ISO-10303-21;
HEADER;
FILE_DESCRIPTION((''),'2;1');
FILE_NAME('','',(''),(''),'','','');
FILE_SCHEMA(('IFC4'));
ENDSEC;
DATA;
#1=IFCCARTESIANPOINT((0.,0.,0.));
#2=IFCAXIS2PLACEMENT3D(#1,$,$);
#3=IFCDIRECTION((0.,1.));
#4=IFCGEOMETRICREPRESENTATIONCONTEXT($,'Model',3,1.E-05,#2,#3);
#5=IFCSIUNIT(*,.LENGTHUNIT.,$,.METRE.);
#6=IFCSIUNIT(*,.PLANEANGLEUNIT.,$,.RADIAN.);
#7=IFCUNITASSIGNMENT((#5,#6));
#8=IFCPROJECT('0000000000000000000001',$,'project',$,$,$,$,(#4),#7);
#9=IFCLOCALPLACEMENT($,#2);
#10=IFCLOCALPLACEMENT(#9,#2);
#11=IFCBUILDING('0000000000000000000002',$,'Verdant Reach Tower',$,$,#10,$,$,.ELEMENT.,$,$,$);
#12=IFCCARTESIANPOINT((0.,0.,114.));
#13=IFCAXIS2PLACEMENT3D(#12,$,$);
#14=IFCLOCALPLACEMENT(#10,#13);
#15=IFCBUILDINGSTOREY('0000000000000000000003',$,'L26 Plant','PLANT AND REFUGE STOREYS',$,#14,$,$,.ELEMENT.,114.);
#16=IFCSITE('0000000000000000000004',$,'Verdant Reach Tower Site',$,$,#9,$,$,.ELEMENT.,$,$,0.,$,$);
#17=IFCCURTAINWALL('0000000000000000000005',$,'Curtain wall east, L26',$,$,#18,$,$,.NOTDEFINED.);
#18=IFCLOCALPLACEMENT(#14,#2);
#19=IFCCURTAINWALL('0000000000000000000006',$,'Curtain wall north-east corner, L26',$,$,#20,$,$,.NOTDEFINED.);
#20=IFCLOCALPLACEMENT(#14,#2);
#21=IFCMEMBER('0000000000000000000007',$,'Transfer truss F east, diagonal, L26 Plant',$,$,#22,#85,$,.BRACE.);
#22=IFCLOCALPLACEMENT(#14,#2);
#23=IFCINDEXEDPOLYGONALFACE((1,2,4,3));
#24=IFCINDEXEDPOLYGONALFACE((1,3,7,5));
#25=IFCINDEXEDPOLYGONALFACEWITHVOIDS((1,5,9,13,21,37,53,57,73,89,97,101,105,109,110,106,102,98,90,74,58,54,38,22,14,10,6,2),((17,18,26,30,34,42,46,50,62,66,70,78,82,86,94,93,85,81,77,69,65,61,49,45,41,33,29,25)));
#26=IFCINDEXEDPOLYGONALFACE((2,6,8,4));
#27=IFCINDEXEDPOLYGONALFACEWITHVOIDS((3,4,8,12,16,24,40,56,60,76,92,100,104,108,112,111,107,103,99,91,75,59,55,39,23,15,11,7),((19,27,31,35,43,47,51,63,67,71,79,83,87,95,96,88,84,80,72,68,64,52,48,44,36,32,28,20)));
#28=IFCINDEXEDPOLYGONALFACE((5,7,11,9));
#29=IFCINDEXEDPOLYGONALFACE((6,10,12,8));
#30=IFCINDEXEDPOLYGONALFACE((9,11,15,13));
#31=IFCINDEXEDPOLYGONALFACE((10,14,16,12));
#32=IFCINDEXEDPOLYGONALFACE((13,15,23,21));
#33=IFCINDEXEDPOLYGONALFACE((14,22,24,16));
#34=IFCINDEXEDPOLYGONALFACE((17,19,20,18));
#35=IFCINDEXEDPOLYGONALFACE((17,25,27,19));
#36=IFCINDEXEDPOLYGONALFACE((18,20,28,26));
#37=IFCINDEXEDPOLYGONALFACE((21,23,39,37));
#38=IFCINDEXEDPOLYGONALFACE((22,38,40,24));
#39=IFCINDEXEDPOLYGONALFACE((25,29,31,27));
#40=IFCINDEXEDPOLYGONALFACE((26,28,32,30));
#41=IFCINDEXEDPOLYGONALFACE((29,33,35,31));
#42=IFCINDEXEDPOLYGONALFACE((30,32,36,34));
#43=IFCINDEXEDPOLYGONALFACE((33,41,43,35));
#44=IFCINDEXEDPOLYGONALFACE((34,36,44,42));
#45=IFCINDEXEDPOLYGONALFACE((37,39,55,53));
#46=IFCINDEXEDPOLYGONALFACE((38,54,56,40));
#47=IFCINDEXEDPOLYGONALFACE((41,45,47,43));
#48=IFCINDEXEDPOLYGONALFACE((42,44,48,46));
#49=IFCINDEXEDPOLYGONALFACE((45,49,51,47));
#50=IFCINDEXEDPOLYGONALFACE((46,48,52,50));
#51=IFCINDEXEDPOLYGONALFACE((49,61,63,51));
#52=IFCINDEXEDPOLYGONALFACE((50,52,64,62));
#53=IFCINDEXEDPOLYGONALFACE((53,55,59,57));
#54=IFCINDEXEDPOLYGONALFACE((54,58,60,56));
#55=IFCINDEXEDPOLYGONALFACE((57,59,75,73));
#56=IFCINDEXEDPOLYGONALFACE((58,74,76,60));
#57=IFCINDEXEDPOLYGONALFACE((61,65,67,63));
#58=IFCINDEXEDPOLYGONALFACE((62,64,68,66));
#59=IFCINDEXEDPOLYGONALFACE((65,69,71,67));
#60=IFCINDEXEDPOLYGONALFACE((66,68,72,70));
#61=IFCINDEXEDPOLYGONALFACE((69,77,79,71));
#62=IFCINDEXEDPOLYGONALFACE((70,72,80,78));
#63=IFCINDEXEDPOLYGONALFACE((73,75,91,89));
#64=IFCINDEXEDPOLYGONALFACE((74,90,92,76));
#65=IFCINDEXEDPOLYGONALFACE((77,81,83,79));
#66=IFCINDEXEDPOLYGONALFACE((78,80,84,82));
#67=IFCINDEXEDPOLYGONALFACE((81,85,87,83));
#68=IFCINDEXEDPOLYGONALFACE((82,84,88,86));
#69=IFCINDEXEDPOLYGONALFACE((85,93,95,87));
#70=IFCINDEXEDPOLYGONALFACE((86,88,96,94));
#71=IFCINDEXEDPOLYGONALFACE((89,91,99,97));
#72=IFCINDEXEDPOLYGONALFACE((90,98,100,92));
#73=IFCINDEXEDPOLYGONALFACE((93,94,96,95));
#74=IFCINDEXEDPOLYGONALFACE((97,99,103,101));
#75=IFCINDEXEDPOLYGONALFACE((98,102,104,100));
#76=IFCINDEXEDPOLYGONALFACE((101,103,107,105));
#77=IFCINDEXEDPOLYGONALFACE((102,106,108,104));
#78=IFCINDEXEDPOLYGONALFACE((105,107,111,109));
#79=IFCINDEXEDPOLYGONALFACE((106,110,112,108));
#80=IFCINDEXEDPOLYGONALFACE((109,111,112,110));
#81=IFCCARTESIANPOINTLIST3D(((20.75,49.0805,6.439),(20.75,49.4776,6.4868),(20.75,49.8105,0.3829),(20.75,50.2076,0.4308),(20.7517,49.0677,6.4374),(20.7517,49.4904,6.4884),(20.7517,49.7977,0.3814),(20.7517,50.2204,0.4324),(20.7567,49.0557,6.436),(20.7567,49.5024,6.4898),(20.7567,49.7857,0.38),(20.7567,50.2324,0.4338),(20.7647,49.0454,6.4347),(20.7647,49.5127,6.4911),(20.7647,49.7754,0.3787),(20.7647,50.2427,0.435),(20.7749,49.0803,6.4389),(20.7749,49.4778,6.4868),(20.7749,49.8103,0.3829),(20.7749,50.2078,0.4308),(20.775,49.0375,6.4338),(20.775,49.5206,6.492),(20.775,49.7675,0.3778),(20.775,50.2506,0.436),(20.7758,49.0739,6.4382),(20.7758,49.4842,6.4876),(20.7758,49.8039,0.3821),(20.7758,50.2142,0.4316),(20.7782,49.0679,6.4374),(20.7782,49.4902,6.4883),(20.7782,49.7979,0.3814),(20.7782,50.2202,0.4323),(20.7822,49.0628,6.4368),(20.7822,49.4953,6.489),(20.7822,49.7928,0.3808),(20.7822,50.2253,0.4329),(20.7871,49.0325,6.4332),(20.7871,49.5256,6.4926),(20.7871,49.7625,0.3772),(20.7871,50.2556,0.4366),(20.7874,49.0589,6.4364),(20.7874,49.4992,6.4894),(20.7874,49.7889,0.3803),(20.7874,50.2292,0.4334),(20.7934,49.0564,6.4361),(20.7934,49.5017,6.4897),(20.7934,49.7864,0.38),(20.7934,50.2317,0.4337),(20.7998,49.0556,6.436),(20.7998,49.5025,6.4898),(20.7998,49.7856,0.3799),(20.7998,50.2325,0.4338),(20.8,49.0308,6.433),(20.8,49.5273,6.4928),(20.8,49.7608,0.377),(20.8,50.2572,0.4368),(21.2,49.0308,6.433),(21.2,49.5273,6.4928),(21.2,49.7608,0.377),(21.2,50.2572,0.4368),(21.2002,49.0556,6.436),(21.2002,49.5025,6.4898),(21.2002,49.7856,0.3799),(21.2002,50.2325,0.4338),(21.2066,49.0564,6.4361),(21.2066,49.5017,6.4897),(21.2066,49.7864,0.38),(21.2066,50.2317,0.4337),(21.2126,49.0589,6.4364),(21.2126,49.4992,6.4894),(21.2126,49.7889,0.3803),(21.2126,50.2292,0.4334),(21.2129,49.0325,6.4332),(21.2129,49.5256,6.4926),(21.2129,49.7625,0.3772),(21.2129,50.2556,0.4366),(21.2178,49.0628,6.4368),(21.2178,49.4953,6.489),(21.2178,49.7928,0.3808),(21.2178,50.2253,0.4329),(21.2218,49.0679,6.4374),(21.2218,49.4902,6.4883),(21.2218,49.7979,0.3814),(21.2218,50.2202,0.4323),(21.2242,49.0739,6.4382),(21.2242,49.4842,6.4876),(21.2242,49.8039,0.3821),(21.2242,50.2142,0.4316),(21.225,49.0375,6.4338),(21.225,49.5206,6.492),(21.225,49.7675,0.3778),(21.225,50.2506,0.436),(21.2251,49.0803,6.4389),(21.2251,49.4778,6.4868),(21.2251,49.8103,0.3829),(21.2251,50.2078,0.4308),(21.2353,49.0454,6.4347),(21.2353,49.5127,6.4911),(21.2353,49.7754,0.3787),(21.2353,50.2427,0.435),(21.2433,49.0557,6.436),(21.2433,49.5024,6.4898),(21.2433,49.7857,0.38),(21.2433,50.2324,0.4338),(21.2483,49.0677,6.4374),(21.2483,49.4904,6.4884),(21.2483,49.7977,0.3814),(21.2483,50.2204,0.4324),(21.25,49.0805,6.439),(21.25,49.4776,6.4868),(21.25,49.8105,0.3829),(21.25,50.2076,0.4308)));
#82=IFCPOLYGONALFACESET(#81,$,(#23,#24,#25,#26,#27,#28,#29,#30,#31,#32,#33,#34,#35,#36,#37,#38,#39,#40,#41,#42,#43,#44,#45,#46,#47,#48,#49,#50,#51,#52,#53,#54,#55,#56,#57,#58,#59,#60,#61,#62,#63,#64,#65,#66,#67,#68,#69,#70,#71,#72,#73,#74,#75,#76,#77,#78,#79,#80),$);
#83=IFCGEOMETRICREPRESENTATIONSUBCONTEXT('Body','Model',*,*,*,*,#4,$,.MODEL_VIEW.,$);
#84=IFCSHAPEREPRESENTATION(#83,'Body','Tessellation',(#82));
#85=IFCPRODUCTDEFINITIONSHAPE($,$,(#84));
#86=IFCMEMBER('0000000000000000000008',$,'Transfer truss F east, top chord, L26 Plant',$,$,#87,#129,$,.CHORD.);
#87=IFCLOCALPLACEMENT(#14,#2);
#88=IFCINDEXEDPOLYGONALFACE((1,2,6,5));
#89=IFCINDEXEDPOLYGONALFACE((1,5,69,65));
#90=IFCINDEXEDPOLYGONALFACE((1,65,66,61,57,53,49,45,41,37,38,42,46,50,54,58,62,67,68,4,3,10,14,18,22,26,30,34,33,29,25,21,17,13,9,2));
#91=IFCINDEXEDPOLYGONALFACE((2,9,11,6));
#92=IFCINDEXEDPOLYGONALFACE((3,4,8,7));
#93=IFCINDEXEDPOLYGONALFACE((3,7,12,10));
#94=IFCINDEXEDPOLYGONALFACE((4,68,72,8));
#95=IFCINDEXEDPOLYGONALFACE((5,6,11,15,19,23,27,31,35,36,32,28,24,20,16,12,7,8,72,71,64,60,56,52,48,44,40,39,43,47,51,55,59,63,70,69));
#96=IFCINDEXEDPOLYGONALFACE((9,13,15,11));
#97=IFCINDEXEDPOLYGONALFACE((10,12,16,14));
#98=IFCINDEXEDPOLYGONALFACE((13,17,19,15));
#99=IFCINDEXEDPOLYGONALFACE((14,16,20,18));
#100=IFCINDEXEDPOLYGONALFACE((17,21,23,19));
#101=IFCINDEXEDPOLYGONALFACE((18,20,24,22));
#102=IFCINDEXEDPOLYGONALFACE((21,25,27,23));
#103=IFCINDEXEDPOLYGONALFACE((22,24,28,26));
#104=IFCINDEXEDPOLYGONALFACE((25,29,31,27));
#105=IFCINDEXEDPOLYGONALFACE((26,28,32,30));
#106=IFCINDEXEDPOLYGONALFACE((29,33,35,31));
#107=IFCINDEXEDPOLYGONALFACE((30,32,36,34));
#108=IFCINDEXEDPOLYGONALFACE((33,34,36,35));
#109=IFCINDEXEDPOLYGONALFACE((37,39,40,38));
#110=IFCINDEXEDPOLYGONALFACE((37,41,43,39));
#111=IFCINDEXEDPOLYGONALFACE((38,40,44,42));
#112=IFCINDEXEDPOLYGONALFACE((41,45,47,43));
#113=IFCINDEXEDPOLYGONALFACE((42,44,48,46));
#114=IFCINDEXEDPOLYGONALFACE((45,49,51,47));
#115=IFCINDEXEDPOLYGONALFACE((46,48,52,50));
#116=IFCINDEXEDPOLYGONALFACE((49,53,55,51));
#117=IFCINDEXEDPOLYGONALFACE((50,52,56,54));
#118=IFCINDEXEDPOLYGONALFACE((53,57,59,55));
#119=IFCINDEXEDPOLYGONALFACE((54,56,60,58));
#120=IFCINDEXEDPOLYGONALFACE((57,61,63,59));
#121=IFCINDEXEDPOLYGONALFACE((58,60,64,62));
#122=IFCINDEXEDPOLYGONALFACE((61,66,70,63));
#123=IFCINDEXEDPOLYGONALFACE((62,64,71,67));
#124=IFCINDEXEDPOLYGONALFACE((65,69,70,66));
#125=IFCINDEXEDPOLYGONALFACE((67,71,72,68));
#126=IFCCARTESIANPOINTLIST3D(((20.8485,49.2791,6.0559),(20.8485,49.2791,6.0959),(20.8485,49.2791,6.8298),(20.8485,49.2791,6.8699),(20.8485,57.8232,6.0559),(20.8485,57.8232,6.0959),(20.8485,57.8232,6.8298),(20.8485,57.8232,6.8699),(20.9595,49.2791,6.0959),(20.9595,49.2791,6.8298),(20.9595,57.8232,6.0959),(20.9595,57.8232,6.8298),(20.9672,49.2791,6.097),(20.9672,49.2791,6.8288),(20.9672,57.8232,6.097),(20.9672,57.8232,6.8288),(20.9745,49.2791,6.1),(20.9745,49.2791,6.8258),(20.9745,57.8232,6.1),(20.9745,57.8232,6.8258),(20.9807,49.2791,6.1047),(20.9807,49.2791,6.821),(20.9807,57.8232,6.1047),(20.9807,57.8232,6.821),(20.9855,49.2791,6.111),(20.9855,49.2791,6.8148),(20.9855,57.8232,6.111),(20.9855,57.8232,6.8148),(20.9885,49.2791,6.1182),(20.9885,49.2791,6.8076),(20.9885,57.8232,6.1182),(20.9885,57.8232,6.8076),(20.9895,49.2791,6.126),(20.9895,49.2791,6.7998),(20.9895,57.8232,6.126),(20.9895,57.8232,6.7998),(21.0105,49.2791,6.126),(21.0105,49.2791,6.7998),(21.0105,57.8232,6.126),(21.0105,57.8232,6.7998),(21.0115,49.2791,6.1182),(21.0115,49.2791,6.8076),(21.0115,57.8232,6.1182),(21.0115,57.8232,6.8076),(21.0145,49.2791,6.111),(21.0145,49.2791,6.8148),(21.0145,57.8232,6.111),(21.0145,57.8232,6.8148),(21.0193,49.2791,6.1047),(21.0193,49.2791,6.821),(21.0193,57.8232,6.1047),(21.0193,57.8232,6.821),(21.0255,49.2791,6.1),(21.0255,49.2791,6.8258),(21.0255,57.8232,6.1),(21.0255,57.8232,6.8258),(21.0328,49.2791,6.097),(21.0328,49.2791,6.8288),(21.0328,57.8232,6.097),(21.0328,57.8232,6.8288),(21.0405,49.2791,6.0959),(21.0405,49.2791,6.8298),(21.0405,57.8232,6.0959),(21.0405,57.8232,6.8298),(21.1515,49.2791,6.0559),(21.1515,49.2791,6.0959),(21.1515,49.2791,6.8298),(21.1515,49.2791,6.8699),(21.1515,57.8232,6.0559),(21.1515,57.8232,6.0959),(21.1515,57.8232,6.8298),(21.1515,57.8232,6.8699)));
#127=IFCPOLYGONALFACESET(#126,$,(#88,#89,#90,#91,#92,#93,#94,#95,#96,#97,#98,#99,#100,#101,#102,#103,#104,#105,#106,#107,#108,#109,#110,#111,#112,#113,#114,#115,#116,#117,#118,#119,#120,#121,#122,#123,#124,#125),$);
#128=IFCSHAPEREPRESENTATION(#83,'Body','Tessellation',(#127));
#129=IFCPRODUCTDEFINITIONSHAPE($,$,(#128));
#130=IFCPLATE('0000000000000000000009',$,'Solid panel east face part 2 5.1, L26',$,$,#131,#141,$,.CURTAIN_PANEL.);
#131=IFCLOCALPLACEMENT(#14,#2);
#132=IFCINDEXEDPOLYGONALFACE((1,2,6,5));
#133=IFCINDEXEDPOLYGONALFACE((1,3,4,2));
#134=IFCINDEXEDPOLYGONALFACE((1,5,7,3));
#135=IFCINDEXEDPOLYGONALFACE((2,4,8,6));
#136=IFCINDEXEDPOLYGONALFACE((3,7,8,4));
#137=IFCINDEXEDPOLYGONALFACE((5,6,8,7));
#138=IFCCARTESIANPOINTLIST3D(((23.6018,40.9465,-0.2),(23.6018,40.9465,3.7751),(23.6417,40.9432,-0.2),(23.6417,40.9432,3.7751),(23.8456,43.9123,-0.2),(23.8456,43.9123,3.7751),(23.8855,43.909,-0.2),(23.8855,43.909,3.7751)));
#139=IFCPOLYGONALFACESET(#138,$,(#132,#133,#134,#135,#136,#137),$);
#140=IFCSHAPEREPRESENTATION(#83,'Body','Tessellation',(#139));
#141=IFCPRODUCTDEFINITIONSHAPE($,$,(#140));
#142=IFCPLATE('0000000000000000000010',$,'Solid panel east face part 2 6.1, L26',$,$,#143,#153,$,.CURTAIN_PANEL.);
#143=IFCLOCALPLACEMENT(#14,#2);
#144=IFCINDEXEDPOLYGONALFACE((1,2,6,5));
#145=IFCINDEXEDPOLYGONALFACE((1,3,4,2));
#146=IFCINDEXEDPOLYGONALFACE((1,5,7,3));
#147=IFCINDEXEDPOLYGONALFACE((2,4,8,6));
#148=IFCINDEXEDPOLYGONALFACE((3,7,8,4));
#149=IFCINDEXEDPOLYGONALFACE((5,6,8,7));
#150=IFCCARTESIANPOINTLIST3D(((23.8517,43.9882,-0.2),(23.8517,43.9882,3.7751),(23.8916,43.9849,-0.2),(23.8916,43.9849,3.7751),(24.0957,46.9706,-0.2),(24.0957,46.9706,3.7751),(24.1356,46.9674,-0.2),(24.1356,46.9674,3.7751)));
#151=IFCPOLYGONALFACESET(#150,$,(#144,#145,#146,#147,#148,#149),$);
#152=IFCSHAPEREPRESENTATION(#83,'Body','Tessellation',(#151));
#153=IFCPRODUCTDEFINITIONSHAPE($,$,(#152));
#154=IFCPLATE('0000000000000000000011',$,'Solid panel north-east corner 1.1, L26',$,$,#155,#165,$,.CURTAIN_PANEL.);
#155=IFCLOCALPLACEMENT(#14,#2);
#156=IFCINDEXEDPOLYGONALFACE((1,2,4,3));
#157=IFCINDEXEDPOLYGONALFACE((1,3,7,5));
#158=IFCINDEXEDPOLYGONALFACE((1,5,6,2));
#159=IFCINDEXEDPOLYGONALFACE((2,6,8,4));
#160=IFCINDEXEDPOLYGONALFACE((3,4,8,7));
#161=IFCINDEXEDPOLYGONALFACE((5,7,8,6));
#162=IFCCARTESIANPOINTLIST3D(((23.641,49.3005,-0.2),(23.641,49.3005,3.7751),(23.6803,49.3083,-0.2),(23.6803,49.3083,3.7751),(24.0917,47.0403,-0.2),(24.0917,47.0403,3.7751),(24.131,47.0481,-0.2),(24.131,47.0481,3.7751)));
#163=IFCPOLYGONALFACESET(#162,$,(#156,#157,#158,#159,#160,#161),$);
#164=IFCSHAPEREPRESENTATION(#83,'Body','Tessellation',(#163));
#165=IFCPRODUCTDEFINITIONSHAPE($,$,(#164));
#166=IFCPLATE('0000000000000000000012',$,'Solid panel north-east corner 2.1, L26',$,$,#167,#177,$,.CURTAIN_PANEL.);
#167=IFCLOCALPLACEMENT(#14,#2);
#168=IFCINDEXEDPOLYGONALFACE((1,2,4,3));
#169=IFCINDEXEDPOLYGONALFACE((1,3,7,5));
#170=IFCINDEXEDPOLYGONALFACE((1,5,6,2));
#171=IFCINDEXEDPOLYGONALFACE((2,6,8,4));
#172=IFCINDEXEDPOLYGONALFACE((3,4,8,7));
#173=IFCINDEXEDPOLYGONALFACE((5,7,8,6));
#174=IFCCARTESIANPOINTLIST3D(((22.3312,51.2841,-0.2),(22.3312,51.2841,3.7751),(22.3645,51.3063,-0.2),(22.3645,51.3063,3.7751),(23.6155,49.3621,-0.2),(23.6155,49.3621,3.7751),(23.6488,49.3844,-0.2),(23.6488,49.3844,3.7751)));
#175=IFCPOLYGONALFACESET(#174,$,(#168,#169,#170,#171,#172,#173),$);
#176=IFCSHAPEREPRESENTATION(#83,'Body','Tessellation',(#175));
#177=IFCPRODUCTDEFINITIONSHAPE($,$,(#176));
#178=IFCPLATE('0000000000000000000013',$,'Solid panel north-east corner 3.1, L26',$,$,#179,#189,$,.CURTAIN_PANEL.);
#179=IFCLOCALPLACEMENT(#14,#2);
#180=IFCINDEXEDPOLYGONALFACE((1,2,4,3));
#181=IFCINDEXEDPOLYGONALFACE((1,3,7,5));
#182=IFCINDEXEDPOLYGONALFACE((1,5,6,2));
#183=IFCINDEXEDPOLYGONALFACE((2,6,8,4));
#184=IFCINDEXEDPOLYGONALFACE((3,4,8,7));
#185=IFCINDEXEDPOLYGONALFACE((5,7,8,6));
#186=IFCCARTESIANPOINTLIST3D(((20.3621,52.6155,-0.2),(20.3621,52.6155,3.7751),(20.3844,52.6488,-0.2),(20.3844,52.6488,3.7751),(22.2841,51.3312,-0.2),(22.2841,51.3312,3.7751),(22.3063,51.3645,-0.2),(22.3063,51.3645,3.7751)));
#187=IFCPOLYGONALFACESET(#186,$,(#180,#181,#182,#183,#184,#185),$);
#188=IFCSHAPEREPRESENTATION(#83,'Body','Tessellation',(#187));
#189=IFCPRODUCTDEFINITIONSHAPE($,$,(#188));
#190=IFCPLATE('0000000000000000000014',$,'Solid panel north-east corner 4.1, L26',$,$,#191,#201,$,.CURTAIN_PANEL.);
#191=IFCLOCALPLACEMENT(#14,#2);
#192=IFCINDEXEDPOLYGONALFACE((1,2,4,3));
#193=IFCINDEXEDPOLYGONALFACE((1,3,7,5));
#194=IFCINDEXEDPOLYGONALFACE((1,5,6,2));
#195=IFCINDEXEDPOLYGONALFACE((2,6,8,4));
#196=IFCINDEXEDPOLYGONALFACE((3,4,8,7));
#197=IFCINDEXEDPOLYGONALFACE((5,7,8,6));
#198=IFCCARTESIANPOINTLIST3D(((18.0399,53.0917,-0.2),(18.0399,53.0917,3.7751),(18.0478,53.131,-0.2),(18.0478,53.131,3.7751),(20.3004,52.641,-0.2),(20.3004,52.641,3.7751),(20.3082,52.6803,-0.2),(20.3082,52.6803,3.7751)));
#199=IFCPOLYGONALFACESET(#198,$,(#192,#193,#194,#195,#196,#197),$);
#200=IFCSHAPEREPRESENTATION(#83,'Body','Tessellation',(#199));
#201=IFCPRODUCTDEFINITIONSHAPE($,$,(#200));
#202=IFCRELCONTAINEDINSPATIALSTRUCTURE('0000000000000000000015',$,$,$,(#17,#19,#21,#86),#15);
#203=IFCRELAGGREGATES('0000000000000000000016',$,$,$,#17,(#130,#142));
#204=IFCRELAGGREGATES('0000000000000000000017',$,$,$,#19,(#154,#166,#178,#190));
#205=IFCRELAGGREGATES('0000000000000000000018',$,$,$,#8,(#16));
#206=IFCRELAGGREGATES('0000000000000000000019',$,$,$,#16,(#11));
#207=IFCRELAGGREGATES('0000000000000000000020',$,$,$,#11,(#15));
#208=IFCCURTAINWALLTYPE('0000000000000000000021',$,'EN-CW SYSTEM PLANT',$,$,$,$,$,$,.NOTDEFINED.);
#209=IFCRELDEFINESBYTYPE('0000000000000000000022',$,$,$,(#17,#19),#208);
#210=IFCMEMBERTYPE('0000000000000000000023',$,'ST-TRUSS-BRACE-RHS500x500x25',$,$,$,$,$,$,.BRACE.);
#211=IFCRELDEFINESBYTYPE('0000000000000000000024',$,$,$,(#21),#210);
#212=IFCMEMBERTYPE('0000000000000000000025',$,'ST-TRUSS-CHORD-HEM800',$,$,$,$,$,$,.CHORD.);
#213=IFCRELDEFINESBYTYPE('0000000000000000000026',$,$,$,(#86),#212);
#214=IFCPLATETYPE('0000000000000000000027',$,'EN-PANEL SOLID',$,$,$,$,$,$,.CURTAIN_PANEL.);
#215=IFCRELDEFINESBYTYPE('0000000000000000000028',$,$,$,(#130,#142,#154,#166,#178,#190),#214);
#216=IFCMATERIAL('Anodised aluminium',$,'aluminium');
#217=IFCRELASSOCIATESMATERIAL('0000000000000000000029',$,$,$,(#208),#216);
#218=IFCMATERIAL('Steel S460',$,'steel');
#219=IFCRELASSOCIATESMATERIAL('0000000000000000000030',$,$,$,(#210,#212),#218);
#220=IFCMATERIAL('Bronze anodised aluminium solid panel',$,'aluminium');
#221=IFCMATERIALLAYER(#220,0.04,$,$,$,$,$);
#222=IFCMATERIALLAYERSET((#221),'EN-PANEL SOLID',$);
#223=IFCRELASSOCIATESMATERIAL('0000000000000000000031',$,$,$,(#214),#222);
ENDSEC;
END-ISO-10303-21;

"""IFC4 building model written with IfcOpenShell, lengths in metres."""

from ifc_helpers import new_model, si_unit, direction, frame, origin, origin_2d, place, context, subcontext, project, spatial, rectangle, hollow_rectangle, i_section, extrude, material, layer, layer_set, material_profile, profile_set, type_object, element, aggregate, save


model = new_model("IFC4")

# Units and contexts
model_context = context("Model", 3, precision=1e-05, world=origin(), true_north=direction((0.0, 1.0)))
body_context = subcontext(model_context, "Body", "Model", "MODEL_VIEW")
ifc_project = project(units=[si_unit("LENGTHUNIT", "METRE"), si_unit("PLANEANGLEUNIT", "RADIAN")], contexts=[model_context])

# Site, building, storey
site_placement = place(None, origin())
site = spatial("IfcSite", under=ifc_project, at=site_placement, Name="Verdant Reach Tower Site", CompositionType="ELEMENT", RefElevation=0.0)
building_placement = place(site_placement, origin())
building = spatial("IfcBuilding", under=site, at=building_placement, Name="Verdant Reach Tower", CompositionType="ELEMENT")
storey_placement = place(building_placement, frame((0.0, 0.0, 114.0)))
storey = spatial("IfcBuildingStorey", under=building, at=storey_placement, Name="L26 Plant", Description="PLANT AND REFUGE STOREYS", CompositionType="ELEMENT", Elevation=114.0)

# Shared definitions
ifc_material_1 = material(Name="Steel S460", Category="steel")

# Curtain walls
ifc_material_2 = material(Name="Anodised aluminium", Category="aluminium")
curtain_wall_type = type_object("IfcCurtainWallType", Name="EN-CW SYSTEM PLANT", PredefinedType="NOTDEFINED", material=ifc_material_2)
curtain_wall_1_placement = place(storey_placement, origin())
curtain_wall_1 = element("IfcCurtainWall", 1, at=curtain_wall_1_placement, inside=storey, type_object=curtain_wall_type, Name="Curtain wall east, L26", PredefinedType="NOTDEFINED")
curtain_wall_2_placement = place(storey_placement, origin())
curtain_wall_2 = element("IfcCurtainWall", 2, at=curtain_wall_2_placement, inside=storey, type_object=curtain_wall_type, Name="Curtain wall north-east corner, L26", PredefinedType="NOTDEFINED")

# Members
ifc_material_profile_1 = material_profile(ifc_material_1, hollow_rectangle(XDim=0.5, YDim=0.5, WallThickness=0.0249, InnerFilletRadius=0.0249, OuterFilletRadius=0.05, at=origin_2d()), Name="RHS 500x500x25")
ifc_profile_set_1 = profile_set([ifc_material_profile_1], Name="Steel S460")
member_type_1 = type_object("IfcMemberType", Name="ST-TRUSS-BRACE-RHS500x500x25", PredefinedType="BRACE", material=ifc_profile_set_1)
member_1_placement = place(storey_placement, frame((21.0, 49.2791, 6.4629), z_axis=(0.0, 0.119674, -0.992813), x_axis=(-1.0, 0.0, 0.0)))
element("IfcMember", 3, at=member_1_placement, inside=storey, type_object=member_type_1, Name="Transfer truss F east, diagonal, L26 Plant", PredefinedType="BRACE", context=body_context, shape_type="SweptSolid", body=[
    extrude(hollow_rectangle(XDim=0.5, YDim=0.5, WallThickness=0.0249, InnerFilletRadius=0.0249, OuterFilletRadius=0.05, at=origin_2d()), origin(), (0.0, 0.0, 1.0), 6.0999),
])
ifc_material_profile_2 = material_profile(ifc_material_1, i_section(OverallWidth=0.303, OverallDepth=0.814, WebThickness=0.021, FlangeThickness=0.04, FilletRadius=0.03, at=origin_2d()), Name="HEM 800")
ifc_profile_set_2 = profile_set([ifc_material_profile_2], Name="Steel S460")
member_type_2 = type_object("IfcMemberType", Name="ST-TRUSS-CHORD-HEM800", PredefinedType="CHORD", material=ifc_profile_set_2)
member_2_placement = place(storey_placement, frame((21.0, 49.2791, 6.4629), z_axis=(0.0, 1.0, 0.0), x_axis=(-1.0, 0.0, 0.0)))
element("IfcMember", 4, at=member_2_placement, inside=storey, type_object=member_type_2, Name="Transfer truss F east, top chord, L26 Plant", PredefinedType="CHORD", context=body_context, shape_type="SweptSolid", body=[
    extrude(i_section(OverallWidth=0.303, OverallDepth=0.814, WebThickness=0.021, FlangeThickness=0.04, FilletRadius=0.03, at=origin_2d()), origin(), (0.0, 0.0, 1.0), 8.5442),
])

# Plates
ifc_material_3 = material(Name="Bronze anodised aluminium solid panel", Category="aluminium")
ifc_layer_1 = layer(ifc_material_3, 0.04)
ifc_layer_set_1 = layer_set([ifc_layer_1], Name="EN-PANEL SOLID")
plate_type_1 = type_object("IfcPlateType", Name="EN-PANEL SOLID", PredefinedType="CURTAIN_PANEL", material=ifc_layer_set_1)
plate_1_placement = place(storey_placement, frame((23.7437, 42.4277, -0.2), z_axis=(0.0, 0.0, 1.0), x_axis=(0.081916, 0.996639, 0.0)))
plate_1 = element("IfcPlate", 5, at=plate_1_placement, type_object=plate_type_1, Name="Solid panel east face part 2 5.1, L26", PredefinedType="CURTAIN_PANEL", context=body_context, shape_type="SweptSolid", body=[
    extrude(rectangle(XDim=2.9758, YDim=0.04, at=origin_2d()), origin(), (0.0, 0.0, 1.0), 3.9751),
])
plate_2_placement = place(storey_placement, frame((23.9937, 45.4778, -0.2), z_axis=(0.0, 0.0, 1.0), x_axis=(0.081542, 0.99667, 0.0)))
plate_2 = element("IfcPlate", 6, at=plate_2_placement, type_object=plate_type_1, Name="Solid panel east face part 2 6.1, L26", PredefinedType="CURTAIN_PANEL", context=body_context, shape_type="SweptSolid", body=[
    extrude(rectangle(XDim=2.9924, YDim=0.04, at=origin_2d()), origin(), (0.0, 0.0, 1.0), 3.9751),
])
plate_3_placement = place(storey_placement, frame((23.886, 48.1743, -0.2), z_axis=(0.0, 0.0, 1.0), x_axis=(-0.195549, 0.980694, 0.0)))
plate_3 = element("IfcPlate", 7, at=plate_3_placement, type_object=plate_type_1, Name="Solid panel north-east corner 1.1, L26", PredefinedType="CURTAIN_PANEL", context=body_context, shape_type="SweptSolid", body=[
    extrude(rectangle(XDim=2.3047, YDim=0.04, at=origin_2d()), origin(), (0.0, 0.0, 1.0), 3.9751),
])
plate_4_placement = place(storey_placement, frame((22.99, 50.3342, -0.2), z_axis=(0.0, 0.0, 1.0), x_axis=(-0.555596, 0.831452, 0.0)))
plate_4 = element("IfcPlate", 8, at=plate_4_placement, type_object=plate_type_1, Name="Solid panel north-east corner 2.1, L26", PredefinedType="CURTAIN_PANEL", context=body_context, shape_type="SweptSolid", body=[
    extrude(rectangle(XDim=2.3115, YDim=0.04, at=origin_2d()), origin(), (0.0, 0.0, 1.0), 3.9751),
])
plate_5_placement = place(storey_placement, frame((21.3342, 51.99, -0.2), z_axis=(0.0, 0.0, 1.0), x_axis=(-0.831452, 0.555596, 0.0)))
plate_5 = element("IfcPlate", 9, at=plate_5_placement, type_object=plate_type_1, Name="Solid panel north-east corner 3.1, L26", PredefinedType="CURTAIN_PANEL", context=body_context, shape_type="SweptSolid", body=[
    extrude(rectangle(XDim=2.3115, YDim=0.04, at=origin_2d()), origin(), (0.0, 0.0, 1.0), 3.9751),
])
plate_6_placement = place(storey_placement, frame((19.1741, 52.886, -0.2), z_axis=(0.0, 0.0, 1.0), x_axis=(-0.980695, 0.195545, 0.0)))
plate_6 = element("IfcPlate", 10, at=plate_6_placement, type_object=plate_type_1, Name="Solid panel north-east corner 4.1, L26", PredefinedType="CURTAIN_PANEL", context=body_context, shape_type="SweptSolid", body=[
    extrude(rectangle(XDim=2.3049, YDim=0.04, at=origin_2d()), origin(), (0.0, 0.0, 1.0), 3.9751),
])

aggregate(curtain_wall_1, [plate_1, plate_2])
aggregate(curtain_wall_2, [plate_3, plate_4, plate_5, plate_6])

save(model, "model.ifc")
